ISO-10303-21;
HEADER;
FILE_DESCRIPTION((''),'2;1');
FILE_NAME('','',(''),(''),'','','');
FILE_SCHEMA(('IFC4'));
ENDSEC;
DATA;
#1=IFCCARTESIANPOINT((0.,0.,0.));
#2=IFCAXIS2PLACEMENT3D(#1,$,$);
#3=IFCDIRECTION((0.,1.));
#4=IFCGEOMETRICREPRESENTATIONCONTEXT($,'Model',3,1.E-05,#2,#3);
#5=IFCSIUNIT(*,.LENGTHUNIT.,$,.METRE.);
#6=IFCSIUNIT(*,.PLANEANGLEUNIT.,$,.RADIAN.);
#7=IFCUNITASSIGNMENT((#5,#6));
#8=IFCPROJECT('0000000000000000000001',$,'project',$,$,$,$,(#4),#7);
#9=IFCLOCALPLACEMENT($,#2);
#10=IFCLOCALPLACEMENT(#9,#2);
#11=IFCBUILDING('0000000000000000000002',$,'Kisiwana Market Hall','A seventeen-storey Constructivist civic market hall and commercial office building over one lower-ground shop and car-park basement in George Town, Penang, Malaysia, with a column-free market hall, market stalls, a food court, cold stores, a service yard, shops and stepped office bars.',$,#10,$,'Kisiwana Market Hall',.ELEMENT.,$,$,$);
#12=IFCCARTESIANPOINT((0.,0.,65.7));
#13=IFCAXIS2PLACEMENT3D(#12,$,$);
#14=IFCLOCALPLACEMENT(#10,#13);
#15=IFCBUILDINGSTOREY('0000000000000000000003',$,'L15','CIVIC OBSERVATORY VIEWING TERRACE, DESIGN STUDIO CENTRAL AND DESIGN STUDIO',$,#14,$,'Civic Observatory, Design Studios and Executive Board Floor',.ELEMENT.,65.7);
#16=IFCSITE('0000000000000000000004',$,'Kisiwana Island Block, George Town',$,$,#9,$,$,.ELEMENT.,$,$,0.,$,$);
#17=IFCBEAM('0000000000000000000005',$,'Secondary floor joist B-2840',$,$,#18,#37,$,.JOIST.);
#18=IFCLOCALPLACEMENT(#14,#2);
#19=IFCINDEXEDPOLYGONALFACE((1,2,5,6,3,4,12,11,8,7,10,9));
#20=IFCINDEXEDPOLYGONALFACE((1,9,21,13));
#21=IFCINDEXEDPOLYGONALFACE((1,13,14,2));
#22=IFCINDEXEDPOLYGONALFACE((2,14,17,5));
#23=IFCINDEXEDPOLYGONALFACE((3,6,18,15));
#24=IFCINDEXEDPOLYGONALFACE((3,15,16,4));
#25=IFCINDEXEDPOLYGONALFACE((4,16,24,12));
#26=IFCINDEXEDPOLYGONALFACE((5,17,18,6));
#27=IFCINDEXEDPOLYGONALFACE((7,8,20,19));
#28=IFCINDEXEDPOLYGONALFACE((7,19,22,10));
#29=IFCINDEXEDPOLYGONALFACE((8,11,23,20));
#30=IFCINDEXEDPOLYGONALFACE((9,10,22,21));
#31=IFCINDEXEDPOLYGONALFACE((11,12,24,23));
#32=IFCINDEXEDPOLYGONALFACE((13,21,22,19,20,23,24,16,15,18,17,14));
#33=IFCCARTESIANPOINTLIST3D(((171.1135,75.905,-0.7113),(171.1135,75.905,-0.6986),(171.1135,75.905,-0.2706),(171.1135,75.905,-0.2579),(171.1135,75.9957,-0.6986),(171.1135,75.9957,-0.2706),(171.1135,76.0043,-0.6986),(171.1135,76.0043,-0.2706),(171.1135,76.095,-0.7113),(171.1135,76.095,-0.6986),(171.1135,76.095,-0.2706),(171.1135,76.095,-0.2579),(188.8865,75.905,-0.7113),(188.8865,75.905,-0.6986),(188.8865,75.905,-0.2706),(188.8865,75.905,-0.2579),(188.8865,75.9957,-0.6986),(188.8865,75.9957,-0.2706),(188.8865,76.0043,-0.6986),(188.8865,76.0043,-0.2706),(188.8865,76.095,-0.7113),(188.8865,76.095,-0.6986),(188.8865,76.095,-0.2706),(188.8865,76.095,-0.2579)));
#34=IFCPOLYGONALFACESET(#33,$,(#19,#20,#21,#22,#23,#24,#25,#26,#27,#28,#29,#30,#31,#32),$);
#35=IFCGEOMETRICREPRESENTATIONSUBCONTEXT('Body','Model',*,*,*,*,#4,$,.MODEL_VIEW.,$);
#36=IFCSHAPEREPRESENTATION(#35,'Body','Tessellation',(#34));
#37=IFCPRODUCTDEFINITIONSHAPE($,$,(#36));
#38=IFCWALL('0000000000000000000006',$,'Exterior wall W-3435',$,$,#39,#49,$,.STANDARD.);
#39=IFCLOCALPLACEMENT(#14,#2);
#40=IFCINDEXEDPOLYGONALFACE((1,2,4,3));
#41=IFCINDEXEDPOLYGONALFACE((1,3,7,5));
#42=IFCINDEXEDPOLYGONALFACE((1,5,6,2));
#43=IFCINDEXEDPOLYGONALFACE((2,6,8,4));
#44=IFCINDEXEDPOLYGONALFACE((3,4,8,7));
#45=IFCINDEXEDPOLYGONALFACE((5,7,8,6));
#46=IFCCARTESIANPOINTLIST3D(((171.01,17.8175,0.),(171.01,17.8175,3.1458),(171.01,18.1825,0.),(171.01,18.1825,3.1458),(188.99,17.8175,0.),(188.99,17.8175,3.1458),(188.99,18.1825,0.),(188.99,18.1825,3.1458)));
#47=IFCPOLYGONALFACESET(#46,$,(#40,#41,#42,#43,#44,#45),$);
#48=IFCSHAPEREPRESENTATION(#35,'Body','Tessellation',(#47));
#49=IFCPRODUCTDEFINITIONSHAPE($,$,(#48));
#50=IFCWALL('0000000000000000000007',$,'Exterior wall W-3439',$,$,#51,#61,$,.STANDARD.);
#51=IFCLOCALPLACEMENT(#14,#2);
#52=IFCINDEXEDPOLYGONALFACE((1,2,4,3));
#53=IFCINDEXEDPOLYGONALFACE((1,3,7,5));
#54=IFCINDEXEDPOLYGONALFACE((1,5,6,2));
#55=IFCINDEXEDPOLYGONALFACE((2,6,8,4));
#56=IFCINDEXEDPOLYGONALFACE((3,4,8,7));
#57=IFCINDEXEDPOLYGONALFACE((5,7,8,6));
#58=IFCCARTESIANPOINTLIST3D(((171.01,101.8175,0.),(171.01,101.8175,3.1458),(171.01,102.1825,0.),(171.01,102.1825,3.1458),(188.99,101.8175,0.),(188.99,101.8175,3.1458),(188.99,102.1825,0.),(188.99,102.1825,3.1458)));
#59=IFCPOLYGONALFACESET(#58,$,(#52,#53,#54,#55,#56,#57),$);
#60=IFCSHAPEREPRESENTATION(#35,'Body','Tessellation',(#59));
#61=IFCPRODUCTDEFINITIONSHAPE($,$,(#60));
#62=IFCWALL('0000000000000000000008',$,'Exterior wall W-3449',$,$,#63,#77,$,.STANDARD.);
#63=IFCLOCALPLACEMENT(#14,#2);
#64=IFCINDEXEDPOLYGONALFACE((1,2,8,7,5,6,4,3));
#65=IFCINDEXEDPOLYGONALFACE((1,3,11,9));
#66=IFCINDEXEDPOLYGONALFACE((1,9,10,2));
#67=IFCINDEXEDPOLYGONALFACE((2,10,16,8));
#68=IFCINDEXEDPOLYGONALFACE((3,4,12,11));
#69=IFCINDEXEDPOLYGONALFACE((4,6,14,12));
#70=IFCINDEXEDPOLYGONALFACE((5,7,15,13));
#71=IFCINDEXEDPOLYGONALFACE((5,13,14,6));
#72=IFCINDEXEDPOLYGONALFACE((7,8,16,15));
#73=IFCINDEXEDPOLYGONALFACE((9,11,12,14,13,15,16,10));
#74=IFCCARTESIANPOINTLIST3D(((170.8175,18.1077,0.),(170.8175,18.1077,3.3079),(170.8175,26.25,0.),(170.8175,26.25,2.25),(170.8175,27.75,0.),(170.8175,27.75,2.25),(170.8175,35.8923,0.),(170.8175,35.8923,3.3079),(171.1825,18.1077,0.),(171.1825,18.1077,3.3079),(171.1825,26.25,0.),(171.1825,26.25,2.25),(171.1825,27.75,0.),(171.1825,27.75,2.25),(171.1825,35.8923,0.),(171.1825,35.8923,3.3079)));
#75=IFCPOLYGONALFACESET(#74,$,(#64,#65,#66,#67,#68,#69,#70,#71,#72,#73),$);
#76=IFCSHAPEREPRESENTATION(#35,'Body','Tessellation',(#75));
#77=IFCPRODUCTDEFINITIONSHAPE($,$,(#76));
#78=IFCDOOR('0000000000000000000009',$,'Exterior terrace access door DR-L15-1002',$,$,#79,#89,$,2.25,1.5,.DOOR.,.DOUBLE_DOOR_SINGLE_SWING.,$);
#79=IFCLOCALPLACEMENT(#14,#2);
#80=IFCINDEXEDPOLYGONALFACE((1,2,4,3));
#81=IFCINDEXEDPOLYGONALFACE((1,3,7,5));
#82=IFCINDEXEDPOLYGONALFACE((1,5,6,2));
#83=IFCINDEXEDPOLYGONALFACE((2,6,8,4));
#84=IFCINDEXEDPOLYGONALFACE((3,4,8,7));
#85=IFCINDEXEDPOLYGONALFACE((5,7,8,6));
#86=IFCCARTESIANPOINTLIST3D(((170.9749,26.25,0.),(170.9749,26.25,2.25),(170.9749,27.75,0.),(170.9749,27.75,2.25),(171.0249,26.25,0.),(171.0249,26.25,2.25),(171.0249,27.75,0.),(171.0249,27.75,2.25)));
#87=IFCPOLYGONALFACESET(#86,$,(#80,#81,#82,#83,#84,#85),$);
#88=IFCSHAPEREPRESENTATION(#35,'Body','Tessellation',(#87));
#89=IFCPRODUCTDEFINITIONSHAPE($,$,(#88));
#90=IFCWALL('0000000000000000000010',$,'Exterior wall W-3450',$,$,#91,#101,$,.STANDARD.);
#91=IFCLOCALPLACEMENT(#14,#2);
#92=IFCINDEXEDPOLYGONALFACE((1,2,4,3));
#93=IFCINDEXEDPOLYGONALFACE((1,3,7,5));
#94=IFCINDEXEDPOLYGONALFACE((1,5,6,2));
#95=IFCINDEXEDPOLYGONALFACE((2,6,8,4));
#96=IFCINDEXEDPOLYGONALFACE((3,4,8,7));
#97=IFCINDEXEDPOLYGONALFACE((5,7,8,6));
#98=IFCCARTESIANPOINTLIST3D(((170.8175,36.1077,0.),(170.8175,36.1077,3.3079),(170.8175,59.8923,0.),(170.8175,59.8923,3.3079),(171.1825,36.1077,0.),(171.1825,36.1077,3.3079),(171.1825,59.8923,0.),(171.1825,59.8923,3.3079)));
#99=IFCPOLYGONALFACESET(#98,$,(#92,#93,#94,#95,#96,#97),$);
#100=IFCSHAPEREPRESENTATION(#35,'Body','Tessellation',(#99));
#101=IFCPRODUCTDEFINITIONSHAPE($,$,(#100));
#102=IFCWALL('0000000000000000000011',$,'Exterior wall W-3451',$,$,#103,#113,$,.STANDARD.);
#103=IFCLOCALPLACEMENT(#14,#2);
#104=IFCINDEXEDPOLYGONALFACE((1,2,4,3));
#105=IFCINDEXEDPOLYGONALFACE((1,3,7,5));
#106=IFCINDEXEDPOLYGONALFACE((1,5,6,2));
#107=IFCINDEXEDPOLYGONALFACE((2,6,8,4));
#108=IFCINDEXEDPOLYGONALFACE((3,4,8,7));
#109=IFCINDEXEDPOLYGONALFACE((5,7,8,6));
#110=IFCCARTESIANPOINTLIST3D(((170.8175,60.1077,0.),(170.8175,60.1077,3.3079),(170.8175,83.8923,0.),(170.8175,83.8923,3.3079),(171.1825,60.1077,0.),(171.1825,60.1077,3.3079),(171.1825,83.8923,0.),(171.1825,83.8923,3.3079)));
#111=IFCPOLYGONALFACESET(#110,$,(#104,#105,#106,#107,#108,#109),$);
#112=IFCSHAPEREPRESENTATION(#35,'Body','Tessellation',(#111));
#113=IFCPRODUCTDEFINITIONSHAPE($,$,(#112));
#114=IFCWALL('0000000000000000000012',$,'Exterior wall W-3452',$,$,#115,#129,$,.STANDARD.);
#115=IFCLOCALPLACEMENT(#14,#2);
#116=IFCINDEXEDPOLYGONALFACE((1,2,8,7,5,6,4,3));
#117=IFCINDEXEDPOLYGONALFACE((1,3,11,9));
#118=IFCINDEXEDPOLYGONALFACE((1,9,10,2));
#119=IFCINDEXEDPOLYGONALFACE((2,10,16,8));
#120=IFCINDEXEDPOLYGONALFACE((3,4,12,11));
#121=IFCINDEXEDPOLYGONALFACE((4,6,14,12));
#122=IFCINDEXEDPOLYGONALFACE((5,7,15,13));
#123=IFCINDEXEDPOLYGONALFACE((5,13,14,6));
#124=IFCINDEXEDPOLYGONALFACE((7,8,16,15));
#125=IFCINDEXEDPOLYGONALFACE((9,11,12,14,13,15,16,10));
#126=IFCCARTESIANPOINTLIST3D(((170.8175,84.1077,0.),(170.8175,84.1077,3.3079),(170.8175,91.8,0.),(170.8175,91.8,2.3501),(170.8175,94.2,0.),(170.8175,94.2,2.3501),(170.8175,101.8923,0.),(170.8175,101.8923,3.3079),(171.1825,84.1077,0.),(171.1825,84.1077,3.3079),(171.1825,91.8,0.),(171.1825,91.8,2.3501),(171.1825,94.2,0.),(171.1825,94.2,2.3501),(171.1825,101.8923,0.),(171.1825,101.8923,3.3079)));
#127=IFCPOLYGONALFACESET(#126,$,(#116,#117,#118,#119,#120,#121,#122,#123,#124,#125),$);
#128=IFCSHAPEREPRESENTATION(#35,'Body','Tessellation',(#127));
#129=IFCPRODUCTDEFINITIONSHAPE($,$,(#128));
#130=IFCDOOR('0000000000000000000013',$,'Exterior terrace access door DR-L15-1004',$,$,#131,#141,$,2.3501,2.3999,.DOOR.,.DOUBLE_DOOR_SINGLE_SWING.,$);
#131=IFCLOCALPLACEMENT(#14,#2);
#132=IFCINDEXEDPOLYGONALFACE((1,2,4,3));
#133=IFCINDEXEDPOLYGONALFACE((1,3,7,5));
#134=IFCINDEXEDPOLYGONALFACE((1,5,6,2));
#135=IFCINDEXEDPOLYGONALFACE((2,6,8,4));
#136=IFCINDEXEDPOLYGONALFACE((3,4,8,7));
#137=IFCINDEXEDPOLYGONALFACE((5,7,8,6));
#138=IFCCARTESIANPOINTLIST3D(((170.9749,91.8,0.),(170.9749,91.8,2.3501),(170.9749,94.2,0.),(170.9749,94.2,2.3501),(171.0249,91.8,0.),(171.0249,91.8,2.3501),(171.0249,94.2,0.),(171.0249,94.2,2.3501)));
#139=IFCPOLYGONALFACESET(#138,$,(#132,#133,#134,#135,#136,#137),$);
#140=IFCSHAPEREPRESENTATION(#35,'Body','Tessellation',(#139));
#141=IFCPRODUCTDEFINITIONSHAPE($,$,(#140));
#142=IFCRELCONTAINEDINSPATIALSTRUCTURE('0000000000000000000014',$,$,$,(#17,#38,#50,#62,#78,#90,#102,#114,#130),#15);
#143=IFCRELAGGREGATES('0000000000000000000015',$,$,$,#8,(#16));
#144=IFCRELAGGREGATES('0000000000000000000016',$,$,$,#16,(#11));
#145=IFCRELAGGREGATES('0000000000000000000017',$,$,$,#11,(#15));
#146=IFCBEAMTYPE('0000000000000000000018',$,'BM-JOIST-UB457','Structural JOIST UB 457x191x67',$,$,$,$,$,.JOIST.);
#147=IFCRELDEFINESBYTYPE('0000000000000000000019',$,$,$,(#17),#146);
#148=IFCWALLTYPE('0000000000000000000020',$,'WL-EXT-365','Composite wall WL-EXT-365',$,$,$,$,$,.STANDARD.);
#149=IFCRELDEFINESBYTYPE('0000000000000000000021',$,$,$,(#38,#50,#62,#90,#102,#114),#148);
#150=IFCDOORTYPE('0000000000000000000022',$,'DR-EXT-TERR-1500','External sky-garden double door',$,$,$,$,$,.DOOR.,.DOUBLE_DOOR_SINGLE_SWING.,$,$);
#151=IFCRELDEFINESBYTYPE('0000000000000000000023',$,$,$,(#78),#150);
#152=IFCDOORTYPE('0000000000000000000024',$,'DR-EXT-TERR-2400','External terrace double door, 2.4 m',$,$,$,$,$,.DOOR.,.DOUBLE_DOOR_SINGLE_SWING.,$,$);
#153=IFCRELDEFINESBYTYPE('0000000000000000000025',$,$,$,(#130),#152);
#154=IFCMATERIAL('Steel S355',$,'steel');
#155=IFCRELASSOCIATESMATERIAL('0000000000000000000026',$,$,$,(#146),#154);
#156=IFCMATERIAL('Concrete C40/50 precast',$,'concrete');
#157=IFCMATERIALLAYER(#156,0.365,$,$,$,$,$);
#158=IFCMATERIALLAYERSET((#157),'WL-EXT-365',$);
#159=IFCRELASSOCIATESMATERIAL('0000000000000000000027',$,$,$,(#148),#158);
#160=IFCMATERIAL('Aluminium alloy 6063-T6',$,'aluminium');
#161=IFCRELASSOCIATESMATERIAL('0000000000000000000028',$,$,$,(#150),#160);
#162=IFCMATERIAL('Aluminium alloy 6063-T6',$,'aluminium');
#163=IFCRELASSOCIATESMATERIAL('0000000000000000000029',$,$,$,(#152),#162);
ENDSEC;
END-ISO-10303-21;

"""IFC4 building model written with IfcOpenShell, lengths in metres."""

from ifc_helpers import new_model, si_unit, direction, frame, frame_2d, origin, origin_2d, place, context, subcontext, project, spatial, rectangle, i_section, extrude, material, layer, layer_set, material_profile, profile_set, type_object, element, fill, save


model = new_model("IFC4")

# Units and contexts
model_context = context("Model", 3, precision=1e-05, world=origin(), true_north=direction((0.0, 1.0)))
body_context = subcontext(model_context, "Body", "Model", "MODEL_VIEW")
ifc_project = project(units=[si_unit("LENGTHUNIT", "METRE"), si_unit("PLANEANGLEUNIT", "RADIAN")], contexts=[model_context])

# Site, building, storey
site_placement = place(None, origin())
site = spatial("IfcSite", under=ifc_project, at=site_placement, Name="Kisiwana Island Block, George Town", CompositionType="ELEMENT", RefElevation=0.0)
building_placement = place(site_placement, origin())
building = spatial("IfcBuilding", under=site, at=building_placement, Name="Kisiwana Market Hall", Description="A seventeen-storey Constructivist civic market hall and commercial office building over one lower-ground shop and car-park basement in George Town, Penang, Malaysia, with a column-free market hall, market stalls, a food court, cold stores, a service yard, shops and stepped office bars.", LongName="Kisiwana Market Hall", CompositionType="ELEMENT")
storey_placement = place(building_placement, frame((0.0, 0.0, 65.7)))
storey = spatial("IfcBuildingStorey", under=building, at=storey_placement, Name="L15", Description="CIVIC OBSERVATORY VIEWING TERRACE, DESIGN STUDIO CENTRAL AND DESIGN STUDIO", LongName="Civic Observatory, Design Studios and Executive Board Floor", CompositionType="ELEMENT", Elevation=65.7)

# Beam
ifc_material_1 = material(Name="Steel S355", Category="steel")
ifc_material_profile_1 = material_profile(ifc_material_1, i_section(OverallWidth=0.1899, OverallDepth=0.4534, WebThickness=0.0085, FlangeThickness=0.0127, at=origin_2d()), Name="UB 457x191x67")
ifc_profile_set_1 = profile_set([ifc_material_profile_1], Name="Steel S355")
beam_type_1 = type_object("IfcBeamType", Name="BM-JOIST-UB457", Description="Structural JOIST UB 457x191x67", PredefinedType="JOIST", material=ifc_profile_set_1)
for number, where, z_axis, x_axis, name in (
    (1, (171.1135, 76.0, -0.4846), (1.0, 0.0, 0.0), (0.0, 1.0, 0.0), "Secondary floor joist B-2840"),
):
    element("IfcBeam", number, at=place(storey_placement, frame(where, z_axis=z_axis, x_axis=x_axis)), inside=storey, type_object=beam_type_1, Name=name, PredefinedType="JOIST", context=body_context, shape_type="SweptSolid", body=[
        extrude(i_section(OverallWidth=0.1899, OverallDepth=0.4534, WebThickness=0.0085, FlangeThickness=0.0127, at=origin_2d()), origin(), (0.0, 0.0, 1.0), 17.7729),
    ])

# Walls
ifc_material_2 = material(Name="Concrete C40/50 precast", Category="concrete")
ifc_layer = layer(ifc_material_2, 0.365)
ifc_layer_set = layer_set([ifc_layer], Name="WL-EXT-365")
wall_type = type_object("IfcWallType", Name="WL-EXT-365", Description="Composite wall WL-EXT-365", PredefinedType="STANDARD", material=ifc_layer_set)
for number, where, z_axis, x_axis, name in (
    (2, (171.01, 18.0, 0.0), (0.0, 0.0, 1.0), (1.0, 0.0, 0.0), "Exterior wall W-3435"),
    (3, (171.01, 102.0, 0.0), (0.0, 0.0, 1.0), (1.0, 0.0, 0.0), "Exterior wall W-3439"),
):
    element("IfcWall", number, at=place(storey_placement, frame(where, z_axis=z_axis, x_axis=x_axis)), inside=storey, type_object=wall_type, Name=name, PredefinedType="STANDARD", context=body_context, shape_type="SweptSolid", body=[
        extrude(rectangle(XDim=17.98, YDim=0.365, at=frame_2d((8.99, 0.0))), origin(), (0.0, 0.0, 1.0), 3.1458),
    ])

# Wall, opening, door
wall_1_placement = place(storey_placement, frame((171.0, 18.1077, 0.0), z_axis=(0.0, 0.0, 1.0), x_axis=(0.0, 1.0, 0.0)))
wall_1 = element("IfcWall", 4, at=wall_1_placement, inside=storey, type_object=wall_type, Name="Exterior wall W-3449", PredefinedType="STANDARD", context=body_context, shape_type="SweptSolid", body=[
    extrude(rectangle(XDim=17.7847, YDim=0.365, at=frame_2d((8.8923, 0.0))), origin(), (0.0, 0.0, 1.0), 3.3079),
])
opening_1_placement = place(wall_1_placement, frame((8.1423, 0.0, 0.0)))
opening_1 = element("IfcOpeningElement", 5, at=opening_1_placement, cuts=wall_1, PredefinedType="OPENING", context=body_context, shape_type="SweptSolid", body=[
    extrude(rectangle(XDim=1.5, YDim=2.25, at=frame_2d((0.75, 1.125))), frame((0.0, 0.1943, 0.0), z_axis=(0.0, -1.0, 0.0), x_axis=(1.0, 0.0, 0.0)), (0.0, 0.0, 1.0), 0.3889),
])
ifc_material_3 = material(Name="Aluminium alloy 6063-T6", Category="aluminium")
door_type_1 = type_object("IfcDoorType", Name="DR-EXT-TERR-1500", Description="External sky-garden double door", OperationType="DOUBLE_DOOR_SINGLE_SWING", PredefinedType="DOOR", material=ifc_material_3)
door_1_placement = place(opening_1_placement, frame((1.5, 0.0, 0.0), z_axis=(0.0, 0.0, 1.0), x_axis=(-1.0, 0.0, 0.0)))
door_1 = element("IfcDoor", 6, at=door_1_placement, inside=storey, type_object=door_type_1, Name="Exterior terrace access door DR-L15-1002", OperationType="DOUBLE_DOOR_SINGLE_SWING", OverallHeight=2.25, OverallWidth=1.5, PredefinedType="DOOR", context=body_context, shape_type="SweptSolid", body=[
    extrude(rectangle(XDim=1.5, YDim=2.25, at=frame_2d((0.75, 1.125))), frame((0.0, 0.0249, 0.0), z_axis=(0.0, -1.0, 0.0), x_axis=(1.0, 0.0, 0.0)), (0.0, 0.0, 1.0), 0.05),
])
fill(opening_1, door_1)

# Walls
for number, where, z_axis, x_axis, name in (
    (7, (171.0, 36.1077, 0.0), (0.0, 0.0, 1.0), (0.0, 1.0, 0.0), "Exterior wall W-3450"),
    (8, (171.0, 60.1077, 0.0), (0.0, 0.0, 1.0), (0.0, 1.0, 0.0), "Exterior wall W-3451"),
):
    element("IfcWall", number, at=place(storey_placement, frame(where, z_axis=z_axis, x_axis=x_axis)), inside=storey, type_object=wall_type, Name=name, PredefinedType="STANDARD", context=body_context, shape_type="SweptSolid", body=[
        extrude(rectangle(XDim=23.7847, YDim=0.365, at=frame_2d((11.8923, 0.0))), origin(), (0.0, 0.0, 1.0), 3.3079),
    ])

# Wall, opening, door
wall_2_placement = place(storey_placement, frame((171.0, 84.1077, 0.0), z_axis=(0.0, 0.0, 1.0), x_axis=(0.0, 1.0, 0.0)))
wall_2 = element("IfcWall", 9, at=wall_2_placement, inside=storey, type_object=wall_type, Name="Exterior wall W-3452", PredefinedType="STANDARD", context=body_context, shape_type="SweptSolid", body=[
    extrude(rectangle(XDim=17.7847, YDim=0.365, at=frame_2d((8.8923, 0.0))), origin(), (0.0, 0.0, 1.0), 3.3079),
])
opening_2_placement = place(wall_2_placement, frame((7.6924, 0.0, 0.0)))
opening_2 = element("IfcOpeningElement", 10, at=opening_2_placement, cuts=wall_2, PredefinedType="OPENING", context=body_context, shape_type="SweptSolid", body=[
    extrude(rectangle(XDim=2.3999, YDim=2.3501, at=frame_2d((1.2, 1.175))), frame((0.0, 0.1943, 0.0), z_axis=(0.0, -1.0, 0.0), x_axis=(1.0, 0.0, 0.0)), (0.0, 0.0, 1.0), 0.3889),
])
ifc_material_4 = material(Name="Aluminium alloy 6063-T6", Category="aluminium")
door_type_2 = type_object("IfcDoorType", Name="DR-EXT-TERR-2400", Description="External terrace double door, 2.4 m", OperationType="DOUBLE_DOOR_SINGLE_SWING", PredefinedType="DOOR", material=ifc_material_4)
door_2_placement = place(opening_2_placement, frame((2.3999, 0.0, 0.0), z_axis=(0.0, 0.0, 1.0), x_axis=(-1.0, 0.0, 0.0)))
door_2 = element("IfcDoor", 11, at=door_2_placement, inside=storey, type_object=door_type_2, Name="Exterior terrace access door DR-L15-1004", OperationType="DOUBLE_DOOR_SINGLE_SWING", OverallHeight=2.3501, OverallWidth=2.3999, PredefinedType="DOOR", context=body_context, shape_type="SweptSolid", body=[
    extrude(rectangle(XDim=2.3999, YDim=2.3501, at=frame_2d((1.2, 1.175))), frame((0.0, 0.0249, 0.0), z_axis=(0.0, -1.0, 0.0), x_axis=(1.0, 0.0, 0.0)), (0.0, 0.0, 1.0), 0.05),
])
fill(opening_2, door_2)

save(model, "model.ifc")
